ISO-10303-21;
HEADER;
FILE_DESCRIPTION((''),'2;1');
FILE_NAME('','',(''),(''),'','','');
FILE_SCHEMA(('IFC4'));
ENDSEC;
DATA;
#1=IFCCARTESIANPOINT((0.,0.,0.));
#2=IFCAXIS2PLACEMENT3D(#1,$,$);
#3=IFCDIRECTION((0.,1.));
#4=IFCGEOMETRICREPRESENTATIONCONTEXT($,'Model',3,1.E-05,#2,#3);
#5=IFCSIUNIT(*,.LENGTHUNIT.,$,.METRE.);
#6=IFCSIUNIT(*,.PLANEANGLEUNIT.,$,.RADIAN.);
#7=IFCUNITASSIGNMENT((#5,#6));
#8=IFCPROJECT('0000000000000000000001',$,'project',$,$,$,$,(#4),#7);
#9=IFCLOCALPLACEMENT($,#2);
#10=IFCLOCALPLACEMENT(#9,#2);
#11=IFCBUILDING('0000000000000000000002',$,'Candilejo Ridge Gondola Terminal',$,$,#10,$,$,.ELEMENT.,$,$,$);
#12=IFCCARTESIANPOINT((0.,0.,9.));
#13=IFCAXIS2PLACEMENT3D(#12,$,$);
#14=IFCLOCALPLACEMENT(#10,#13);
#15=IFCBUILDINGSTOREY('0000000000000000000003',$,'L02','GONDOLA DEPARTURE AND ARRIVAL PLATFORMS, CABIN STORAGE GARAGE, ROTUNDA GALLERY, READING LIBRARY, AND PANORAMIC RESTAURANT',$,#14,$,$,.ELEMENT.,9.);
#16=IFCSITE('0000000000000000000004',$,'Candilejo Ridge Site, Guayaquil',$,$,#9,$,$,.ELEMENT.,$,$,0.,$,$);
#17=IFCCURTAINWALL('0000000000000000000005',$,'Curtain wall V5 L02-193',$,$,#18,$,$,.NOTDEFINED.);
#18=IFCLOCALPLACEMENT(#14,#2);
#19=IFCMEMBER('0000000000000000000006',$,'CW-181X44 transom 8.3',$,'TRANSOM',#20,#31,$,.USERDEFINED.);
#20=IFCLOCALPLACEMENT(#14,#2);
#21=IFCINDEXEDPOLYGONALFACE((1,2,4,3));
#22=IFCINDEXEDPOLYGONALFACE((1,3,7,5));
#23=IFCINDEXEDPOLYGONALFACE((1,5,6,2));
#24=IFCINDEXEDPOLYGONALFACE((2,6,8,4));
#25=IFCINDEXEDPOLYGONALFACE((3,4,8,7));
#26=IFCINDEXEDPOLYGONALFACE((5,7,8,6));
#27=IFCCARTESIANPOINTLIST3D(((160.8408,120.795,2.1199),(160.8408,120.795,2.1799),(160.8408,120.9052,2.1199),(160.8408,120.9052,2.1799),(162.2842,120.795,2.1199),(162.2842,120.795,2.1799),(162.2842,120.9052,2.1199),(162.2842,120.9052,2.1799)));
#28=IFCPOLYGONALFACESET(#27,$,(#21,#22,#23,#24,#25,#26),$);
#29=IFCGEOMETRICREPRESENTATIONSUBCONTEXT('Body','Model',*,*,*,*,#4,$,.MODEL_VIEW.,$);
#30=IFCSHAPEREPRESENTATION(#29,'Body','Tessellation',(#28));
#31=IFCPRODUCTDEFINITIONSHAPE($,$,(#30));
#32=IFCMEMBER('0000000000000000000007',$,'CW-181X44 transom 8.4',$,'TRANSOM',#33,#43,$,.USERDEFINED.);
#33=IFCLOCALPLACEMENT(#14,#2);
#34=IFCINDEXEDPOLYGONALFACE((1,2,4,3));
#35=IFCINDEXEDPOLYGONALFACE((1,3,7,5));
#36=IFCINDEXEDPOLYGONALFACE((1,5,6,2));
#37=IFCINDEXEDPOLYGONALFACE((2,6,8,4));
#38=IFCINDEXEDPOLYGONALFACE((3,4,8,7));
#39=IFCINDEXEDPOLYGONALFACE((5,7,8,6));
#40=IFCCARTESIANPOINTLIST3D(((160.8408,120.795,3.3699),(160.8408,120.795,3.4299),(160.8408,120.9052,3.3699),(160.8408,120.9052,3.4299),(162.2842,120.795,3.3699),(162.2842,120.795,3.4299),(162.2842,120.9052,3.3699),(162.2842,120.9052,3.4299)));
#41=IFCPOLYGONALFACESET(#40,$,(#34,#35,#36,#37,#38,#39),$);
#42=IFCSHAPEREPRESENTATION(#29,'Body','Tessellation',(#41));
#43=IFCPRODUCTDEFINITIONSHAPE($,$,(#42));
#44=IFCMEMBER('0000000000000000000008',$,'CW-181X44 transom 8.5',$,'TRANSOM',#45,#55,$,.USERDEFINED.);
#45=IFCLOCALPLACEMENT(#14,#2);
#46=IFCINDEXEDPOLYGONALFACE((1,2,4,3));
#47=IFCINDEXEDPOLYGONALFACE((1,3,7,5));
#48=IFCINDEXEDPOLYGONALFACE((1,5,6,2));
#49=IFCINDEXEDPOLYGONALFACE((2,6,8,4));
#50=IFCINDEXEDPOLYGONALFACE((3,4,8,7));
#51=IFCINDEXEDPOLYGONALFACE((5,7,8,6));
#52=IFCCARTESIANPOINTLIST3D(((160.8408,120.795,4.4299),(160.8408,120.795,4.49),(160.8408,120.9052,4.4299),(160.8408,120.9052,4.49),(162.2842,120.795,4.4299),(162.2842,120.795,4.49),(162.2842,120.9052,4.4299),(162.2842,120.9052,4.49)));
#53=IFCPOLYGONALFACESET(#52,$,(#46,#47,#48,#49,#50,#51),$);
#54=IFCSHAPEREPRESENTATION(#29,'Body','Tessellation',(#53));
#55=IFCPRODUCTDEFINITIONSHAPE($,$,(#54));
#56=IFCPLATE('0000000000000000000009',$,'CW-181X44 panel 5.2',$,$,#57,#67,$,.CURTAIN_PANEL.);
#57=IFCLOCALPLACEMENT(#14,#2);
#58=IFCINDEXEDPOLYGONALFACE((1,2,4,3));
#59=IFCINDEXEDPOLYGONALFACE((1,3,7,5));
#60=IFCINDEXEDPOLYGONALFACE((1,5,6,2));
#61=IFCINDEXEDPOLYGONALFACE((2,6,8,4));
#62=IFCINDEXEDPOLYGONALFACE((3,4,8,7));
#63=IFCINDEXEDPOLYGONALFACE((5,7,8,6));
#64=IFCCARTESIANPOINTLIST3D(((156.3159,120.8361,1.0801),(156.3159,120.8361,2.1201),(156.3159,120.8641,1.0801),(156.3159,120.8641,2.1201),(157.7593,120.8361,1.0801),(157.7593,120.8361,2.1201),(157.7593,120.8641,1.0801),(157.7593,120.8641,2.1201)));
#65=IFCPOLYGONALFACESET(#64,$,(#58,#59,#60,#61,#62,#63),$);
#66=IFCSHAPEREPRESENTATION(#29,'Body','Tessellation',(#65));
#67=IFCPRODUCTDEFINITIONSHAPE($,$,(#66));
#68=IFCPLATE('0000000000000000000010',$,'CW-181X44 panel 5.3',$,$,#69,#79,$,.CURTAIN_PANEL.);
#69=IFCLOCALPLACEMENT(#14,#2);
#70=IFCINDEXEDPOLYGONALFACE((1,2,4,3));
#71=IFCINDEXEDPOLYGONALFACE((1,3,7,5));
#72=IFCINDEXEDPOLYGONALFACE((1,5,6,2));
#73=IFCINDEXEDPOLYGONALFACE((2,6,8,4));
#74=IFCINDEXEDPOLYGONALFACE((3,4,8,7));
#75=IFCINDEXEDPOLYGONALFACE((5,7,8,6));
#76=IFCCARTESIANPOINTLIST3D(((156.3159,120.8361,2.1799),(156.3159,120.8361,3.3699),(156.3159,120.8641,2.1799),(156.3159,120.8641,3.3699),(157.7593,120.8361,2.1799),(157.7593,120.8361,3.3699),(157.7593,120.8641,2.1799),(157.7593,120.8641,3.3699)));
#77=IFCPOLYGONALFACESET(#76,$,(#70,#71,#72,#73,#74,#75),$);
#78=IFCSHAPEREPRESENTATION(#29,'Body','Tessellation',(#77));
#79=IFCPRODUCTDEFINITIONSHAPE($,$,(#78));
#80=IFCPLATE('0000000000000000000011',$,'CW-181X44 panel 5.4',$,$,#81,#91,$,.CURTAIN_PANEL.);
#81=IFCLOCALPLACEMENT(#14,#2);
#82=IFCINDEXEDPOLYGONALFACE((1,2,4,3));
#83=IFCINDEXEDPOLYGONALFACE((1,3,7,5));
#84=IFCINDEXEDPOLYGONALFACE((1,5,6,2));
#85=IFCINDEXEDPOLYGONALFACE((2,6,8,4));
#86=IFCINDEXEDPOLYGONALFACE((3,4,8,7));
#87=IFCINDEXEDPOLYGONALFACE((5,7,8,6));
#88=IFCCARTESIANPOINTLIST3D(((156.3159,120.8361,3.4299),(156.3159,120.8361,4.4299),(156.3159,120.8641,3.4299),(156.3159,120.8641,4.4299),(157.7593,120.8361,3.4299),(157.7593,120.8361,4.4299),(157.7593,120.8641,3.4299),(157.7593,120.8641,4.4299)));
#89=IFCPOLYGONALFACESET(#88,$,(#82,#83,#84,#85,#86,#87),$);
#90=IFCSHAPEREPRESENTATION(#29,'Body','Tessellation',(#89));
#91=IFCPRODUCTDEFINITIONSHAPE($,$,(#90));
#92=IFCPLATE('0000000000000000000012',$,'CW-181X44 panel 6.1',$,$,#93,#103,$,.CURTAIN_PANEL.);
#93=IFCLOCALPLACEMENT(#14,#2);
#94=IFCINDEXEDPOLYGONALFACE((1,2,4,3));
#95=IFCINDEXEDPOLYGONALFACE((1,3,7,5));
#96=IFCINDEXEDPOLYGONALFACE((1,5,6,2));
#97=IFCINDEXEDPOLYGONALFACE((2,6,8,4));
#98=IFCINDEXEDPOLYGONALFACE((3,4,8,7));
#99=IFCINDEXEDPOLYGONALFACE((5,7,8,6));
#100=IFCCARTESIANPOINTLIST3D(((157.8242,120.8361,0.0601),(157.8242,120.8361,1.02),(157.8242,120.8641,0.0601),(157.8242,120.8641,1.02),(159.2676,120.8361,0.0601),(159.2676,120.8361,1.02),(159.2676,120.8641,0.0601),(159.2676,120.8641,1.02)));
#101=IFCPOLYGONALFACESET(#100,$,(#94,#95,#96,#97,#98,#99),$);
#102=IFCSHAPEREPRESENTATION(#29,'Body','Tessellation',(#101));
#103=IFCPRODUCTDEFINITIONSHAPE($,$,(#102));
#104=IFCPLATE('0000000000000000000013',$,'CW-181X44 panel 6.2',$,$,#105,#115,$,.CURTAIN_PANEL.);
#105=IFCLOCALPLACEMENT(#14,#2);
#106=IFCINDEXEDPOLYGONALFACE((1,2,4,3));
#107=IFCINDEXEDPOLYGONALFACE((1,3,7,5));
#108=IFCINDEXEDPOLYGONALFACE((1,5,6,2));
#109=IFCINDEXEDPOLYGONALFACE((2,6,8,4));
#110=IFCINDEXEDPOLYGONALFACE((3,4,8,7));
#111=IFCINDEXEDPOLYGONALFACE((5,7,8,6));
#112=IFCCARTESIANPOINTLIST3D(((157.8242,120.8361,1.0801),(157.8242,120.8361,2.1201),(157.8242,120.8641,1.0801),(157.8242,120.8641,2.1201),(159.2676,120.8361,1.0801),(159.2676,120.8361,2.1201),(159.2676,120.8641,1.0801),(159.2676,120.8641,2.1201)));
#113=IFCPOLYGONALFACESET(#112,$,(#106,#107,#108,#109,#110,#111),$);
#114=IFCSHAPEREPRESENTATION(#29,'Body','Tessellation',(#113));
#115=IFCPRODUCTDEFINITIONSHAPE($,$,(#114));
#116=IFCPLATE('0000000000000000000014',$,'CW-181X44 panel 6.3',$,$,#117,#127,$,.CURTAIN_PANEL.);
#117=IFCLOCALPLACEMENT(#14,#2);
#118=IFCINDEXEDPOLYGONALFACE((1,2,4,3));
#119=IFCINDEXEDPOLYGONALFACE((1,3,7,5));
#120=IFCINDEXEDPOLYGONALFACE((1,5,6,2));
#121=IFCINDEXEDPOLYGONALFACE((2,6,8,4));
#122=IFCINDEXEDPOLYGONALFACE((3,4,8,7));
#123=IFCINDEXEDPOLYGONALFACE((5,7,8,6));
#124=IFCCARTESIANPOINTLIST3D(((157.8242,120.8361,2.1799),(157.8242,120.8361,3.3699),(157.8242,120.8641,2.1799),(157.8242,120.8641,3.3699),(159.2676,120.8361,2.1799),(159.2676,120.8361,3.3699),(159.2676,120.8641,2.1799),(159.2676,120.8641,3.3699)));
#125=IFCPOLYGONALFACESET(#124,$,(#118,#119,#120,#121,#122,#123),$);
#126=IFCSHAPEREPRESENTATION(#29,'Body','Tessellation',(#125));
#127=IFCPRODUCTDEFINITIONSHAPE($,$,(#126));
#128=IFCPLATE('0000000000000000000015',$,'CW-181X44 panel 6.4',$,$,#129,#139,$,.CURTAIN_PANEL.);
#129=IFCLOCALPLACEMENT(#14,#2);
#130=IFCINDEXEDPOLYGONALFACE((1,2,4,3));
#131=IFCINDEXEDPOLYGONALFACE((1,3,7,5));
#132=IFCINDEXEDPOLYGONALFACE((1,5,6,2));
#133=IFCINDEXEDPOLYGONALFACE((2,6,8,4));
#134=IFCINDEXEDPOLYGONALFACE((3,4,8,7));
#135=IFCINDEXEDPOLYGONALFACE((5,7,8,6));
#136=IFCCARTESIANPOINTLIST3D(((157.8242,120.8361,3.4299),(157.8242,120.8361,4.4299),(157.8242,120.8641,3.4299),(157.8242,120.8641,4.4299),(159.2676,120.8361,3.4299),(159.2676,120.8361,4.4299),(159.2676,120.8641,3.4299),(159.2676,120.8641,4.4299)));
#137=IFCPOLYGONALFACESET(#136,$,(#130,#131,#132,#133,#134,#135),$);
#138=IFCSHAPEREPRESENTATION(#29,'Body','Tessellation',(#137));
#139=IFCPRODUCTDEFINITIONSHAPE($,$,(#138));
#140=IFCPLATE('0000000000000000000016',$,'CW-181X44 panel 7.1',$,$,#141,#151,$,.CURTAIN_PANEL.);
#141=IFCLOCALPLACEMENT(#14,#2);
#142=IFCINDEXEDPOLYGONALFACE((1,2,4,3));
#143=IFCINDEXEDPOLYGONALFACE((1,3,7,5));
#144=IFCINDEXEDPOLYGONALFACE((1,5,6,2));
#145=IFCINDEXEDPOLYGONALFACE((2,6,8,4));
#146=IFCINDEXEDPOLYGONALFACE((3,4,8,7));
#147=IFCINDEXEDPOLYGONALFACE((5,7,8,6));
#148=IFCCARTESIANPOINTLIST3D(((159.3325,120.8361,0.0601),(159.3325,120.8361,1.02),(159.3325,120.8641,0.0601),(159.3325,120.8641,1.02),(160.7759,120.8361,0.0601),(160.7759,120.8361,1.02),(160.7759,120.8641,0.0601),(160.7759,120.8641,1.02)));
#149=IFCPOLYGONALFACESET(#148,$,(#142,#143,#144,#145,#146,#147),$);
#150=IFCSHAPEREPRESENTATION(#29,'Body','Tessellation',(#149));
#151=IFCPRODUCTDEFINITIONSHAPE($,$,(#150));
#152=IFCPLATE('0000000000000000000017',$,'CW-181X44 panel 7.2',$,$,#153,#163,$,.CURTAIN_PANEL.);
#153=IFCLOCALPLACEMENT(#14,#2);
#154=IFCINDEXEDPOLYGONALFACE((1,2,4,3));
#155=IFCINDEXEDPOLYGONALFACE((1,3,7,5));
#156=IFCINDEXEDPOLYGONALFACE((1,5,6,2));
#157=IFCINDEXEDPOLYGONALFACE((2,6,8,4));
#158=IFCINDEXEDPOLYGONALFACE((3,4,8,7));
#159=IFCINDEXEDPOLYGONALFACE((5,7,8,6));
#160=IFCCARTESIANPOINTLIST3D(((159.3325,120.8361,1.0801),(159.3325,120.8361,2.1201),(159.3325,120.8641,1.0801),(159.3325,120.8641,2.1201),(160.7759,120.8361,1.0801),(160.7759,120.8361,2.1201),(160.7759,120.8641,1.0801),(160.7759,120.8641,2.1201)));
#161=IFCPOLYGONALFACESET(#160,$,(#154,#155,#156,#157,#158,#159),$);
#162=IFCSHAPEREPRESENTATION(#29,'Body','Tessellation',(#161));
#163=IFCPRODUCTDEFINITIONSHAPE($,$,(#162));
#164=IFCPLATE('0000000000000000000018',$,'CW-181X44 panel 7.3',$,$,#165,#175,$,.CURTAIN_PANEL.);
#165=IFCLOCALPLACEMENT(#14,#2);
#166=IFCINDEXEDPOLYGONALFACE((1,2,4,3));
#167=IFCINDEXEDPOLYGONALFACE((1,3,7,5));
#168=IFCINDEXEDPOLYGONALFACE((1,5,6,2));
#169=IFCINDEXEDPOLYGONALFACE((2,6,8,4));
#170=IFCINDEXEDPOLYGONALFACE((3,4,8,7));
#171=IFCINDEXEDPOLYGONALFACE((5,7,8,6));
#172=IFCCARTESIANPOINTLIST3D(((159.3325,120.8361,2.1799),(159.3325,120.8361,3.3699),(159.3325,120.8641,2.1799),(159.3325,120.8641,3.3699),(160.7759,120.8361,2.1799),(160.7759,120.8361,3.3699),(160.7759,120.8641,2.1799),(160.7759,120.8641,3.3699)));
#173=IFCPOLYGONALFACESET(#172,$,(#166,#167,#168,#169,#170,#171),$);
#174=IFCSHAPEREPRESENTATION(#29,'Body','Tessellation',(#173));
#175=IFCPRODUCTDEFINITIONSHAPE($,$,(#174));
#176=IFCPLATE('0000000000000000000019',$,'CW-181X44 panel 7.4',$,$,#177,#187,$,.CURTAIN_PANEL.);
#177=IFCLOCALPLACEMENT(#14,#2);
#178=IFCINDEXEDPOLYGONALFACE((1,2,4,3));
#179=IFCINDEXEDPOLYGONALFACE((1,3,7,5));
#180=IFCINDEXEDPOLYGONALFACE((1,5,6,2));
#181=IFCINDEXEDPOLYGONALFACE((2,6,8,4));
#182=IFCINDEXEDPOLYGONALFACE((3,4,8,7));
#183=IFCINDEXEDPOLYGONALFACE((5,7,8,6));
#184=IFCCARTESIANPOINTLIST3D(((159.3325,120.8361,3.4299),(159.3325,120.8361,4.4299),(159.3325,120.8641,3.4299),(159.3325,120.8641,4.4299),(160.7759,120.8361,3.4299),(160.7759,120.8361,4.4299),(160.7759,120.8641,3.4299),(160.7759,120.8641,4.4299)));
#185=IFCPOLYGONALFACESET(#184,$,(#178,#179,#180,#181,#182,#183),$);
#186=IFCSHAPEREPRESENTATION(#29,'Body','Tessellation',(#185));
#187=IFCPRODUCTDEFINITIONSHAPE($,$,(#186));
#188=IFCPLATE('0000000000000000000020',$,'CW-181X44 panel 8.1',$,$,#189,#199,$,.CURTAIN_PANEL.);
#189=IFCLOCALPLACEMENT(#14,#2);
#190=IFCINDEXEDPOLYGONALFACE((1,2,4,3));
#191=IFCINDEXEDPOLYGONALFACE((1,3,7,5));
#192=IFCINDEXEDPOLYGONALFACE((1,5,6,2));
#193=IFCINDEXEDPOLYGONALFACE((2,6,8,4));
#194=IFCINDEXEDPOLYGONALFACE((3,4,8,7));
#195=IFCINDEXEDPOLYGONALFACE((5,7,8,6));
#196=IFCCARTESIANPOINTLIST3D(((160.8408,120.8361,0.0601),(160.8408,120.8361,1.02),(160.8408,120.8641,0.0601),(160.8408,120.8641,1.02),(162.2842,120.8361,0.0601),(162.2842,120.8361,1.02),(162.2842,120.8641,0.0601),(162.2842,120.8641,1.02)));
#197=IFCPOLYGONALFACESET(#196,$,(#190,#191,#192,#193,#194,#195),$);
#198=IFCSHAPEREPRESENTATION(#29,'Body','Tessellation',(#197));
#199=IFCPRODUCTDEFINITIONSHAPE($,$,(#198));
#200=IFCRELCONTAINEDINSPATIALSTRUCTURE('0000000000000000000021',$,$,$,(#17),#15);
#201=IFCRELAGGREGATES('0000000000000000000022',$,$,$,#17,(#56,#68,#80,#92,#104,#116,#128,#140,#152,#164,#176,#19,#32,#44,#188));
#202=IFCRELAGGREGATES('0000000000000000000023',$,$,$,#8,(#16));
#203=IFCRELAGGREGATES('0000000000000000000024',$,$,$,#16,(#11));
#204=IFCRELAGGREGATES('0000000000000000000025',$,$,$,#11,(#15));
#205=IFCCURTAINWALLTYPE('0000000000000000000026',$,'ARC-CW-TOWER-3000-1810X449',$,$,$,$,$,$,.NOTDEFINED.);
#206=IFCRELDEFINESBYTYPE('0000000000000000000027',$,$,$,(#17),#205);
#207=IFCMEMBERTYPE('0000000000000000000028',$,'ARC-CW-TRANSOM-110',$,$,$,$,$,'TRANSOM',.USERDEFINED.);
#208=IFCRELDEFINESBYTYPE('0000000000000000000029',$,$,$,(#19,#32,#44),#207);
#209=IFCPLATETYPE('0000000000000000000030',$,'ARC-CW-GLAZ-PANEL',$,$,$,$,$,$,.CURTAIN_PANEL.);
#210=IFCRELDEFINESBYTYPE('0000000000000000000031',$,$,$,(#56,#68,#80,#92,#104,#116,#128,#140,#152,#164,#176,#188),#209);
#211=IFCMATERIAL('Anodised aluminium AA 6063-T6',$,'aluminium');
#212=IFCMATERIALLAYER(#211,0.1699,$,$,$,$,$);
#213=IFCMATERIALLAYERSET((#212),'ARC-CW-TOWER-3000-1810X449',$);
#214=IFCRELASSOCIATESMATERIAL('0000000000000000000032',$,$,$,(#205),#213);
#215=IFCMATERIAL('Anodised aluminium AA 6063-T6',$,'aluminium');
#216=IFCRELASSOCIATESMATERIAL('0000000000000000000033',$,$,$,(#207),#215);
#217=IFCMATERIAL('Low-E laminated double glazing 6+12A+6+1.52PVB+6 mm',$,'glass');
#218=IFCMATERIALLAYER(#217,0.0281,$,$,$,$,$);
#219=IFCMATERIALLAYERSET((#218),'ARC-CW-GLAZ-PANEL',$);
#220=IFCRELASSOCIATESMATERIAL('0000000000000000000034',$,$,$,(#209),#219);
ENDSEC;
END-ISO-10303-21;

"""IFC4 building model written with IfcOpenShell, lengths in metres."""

from ifc_helpers import new_model, si_unit, direction, frame, origin, origin_2d, place, context, subcontext, project, spatial, rectangle, extrude, material, layer, layer_set, material_profile, profile_set, type_object, element, aggregate, save


model = new_model("IFC4")

# Units and contexts
model_context = context("Model", 3, precision=1e-05, world=origin(), true_north=direction((0.0, 1.0)))
body_context = subcontext(model_context, "Body", "Model", "MODEL_VIEW")
ifc_project = project(units=[si_unit("LENGTHUNIT", "METRE"), si_unit("PLANEANGLEUNIT", "RADIAN")], contexts=[model_context])

# Site, building, storey
site_placement = place(None, origin())
site = spatial("IfcSite", under=ifc_project, at=site_placement, Name="Candilejo Ridge Site, Guayaquil", CompositionType="ELEMENT", RefElevation=0.0)
building_placement = place(site_placement, origin())
building = spatial("IfcBuilding", under=site, at=building_placement, Name="Candilejo Ridge Gondola Terminal", CompositionType="ELEMENT")
storey_placement = place(building_placement, frame((0.0, 0.0, 9.0)))
storey = spatial("IfcBuildingStorey", under=building, at=storey_placement, Name="L02", Description="GONDOLA DEPARTURE AND ARRIVAL PLATFORMS, CABIN STORAGE GARAGE, ROTUNDA GALLERY, READING LIBRARY, AND PANORAMIC RESTAURANT", CompositionType="ELEMENT", Elevation=9.0)

# Curtain wall, members, plates
ifc_material_1 = material(Name="Anodised aluminium AA 6063-T6", Category="aluminium")
ifc_layer_1 = layer(ifc_material_1, 0.1699)
ifc_layer_set_1 = layer_set([ifc_layer_1], Name="ARC-CW-TOWER-3000-1810X449")
curtain_wall_type = type_object("IfcCurtainWallType", Name="ARC-CW-TOWER-3000-1810X449", PredefinedType="NOTDEFINED", material=ifc_layer_set_1)
curtain_wall_placement = place(storey_placement, origin())
curtain_wall = element("IfcCurtainWall", 1, at=curtain_wall_placement, inside=storey, type_object=curtain_wall_type, Name="Curtain wall V5 L02-193", PredefinedType="NOTDEFINED")
ifc_material_2 = material(Name="Anodised aluminium AA 6063-T6", Category="aluminium")
ifc_material_profile_1 = material_profile(ifc_material_2, rectangle(XDim=0.1101, YDim=0.0601, at=origin_2d()))
ifc_profile_set_1 = profile_set([ifc_material_profile_1], Name="Anodised aluminium AA 6063-T6")
member_type_1 = type_object("IfcMemberType", Name="ARC-CW-TRANSOM-110", ElementType="TRANSOM", PredefinedType="USERDEFINED", material=ifc_profile_set_1)
member_1_placement = place(storey_placement, frame((160.8408, 120.8501, 2.1499), z_axis=(1.0, 0.0, 0.0), x_axis=(0.0, 1.0, 0.0)))
member_1 = element("IfcMember", 2, at=member_1_placement, type_object=member_type_1, Name="CW-181X44 transom 8.3", ObjectType="TRANSOM", PredefinedType="USERDEFINED", context=body_context, shape_type="SweptSolid", body=[
    extrude(rectangle(XDim=0.1101, YDim=0.0601, at=origin_2d()), origin(), (0.0, 0.0, 1.0), 1.4434),
])
member_2_placement = place(storey_placement, frame((160.8408, 120.8501, 3.3999), z_axis=(1.0, 0.0, 0.0), x_axis=(0.0, 1.0, 0.0)))
member_2 = element("IfcMember", 3, at=member_2_placement, type_object=member_type_1, Name="CW-181X44 transom 8.4", ObjectType="TRANSOM", PredefinedType="USERDEFINED", context=body_context, shape_type="SweptSolid", body=[
    extrude(rectangle(XDim=0.1101, YDim=0.0601, at=origin_2d()), origin(), (0.0, 0.0, 1.0), 1.4434),
])
member_3_placement = place(storey_placement, frame((160.8408, 120.8501, 4.46), z_axis=(1.0, 0.0, 0.0), x_axis=(0.0, 1.0, 0.0)))
member_3 = element("IfcMember", 4, at=member_3_placement, type_object=member_type_1, Name="CW-181X44 transom 8.5", ObjectType="TRANSOM", PredefinedType="USERDEFINED", context=body_context, shape_type="SweptSolid", body=[
    extrude(rectangle(XDim=0.1101, YDim=0.0601, at=origin_2d()), origin(), (0.0, 0.0, 1.0), 1.4434),
])
ifc_material_3 = material(Name="Low-E laminated double glazing 6+12A+6+1.52PVB+6 mm", Category="glass")
ifc_layer_2 = layer(ifc_material_3, 0.0281)
ifc_layer_set_2 = layer_set([ifc_layer_2], Name="ARC-CW-GLAZ-PANEL")
plate_type = type_object("IfcPlateType", Name="ARC-CW-GLAZ-PANEL", PredefinedType="CURTAIN_PANEL", material=ifc_layer_set_2)
plate_1_placement = place(storey_placement, frame((157.0376, 120.8501, 1.0801), z_axis=(0.0, 0.0, 1.0), x_axis=(1.0, 0.0, 0.0)))
plate_1 = element("IfcPlate", 5, at=plate_1_placement, type_object=plate_type, Name="CW-181X44 panel 5.2", PredefinedType="CURTAIN_PANEL", context=body_context, shape_type="SweptSolid", body=[
    extrude(rectangle(XDim=1.4434, YDim=0.0281, at=origin_2d()), origin(), (0.0, 0.0, 1.0), 1.04),
])
plate_2_placement = place(storey_placement, frame((157.0376, 120.8501, 2.1799), z_axis=(0.0, 0.0, 1.0), x_axis=(1.0, 0.0, 0.0)))
plate_2 = element("IfcPlate", 6, at=plate_2_placement, type_object=plate_type, Name="CW-181X44 panel 5.3", PredefinedType="CURTAIN_PANEL", context=body_context, shape_type="SweptSolid", body=[
    extrude(rectangle(XDim=1.4434, YDim=0.0281, at=origin_2d()), origin(), (0.0, 0.0, 1.0), 1.1899),
])
plate_3_placement = place(storey_placement, frame((157.0376, 120.8501, 3.4299), z_axis=(0.0, 0.0, 1.0), x_axis=(1.0, 0.0, 0.0)))
plate_3 = element("IfcPlate", 7, at=plate_3_placement, type_object=plate_type, Name="CW-181X44 panel 5.4", PredefinedType="CURTAIN_PANEL", context=body_context, shape_type="SweptSolid", body=[
    extrude(rectangle(XDim=1.4434, YDim=0.0281, at=origin_2d()), origin(), (0.0, 0.0, 1.0), 1.0),
])
plate_4_placement = place(storey_placement, frame((158.5459, 120.8501, 0.0601), z_axis=(0.0, 0.0, 1.0), x_axis=(1.0, 0.0, 0.0)))
plate_4 = element("IfcPlate", 8, at=plate_4_placement, type_object=plate_type, Name="CW-181X44 panel 6.1", PredefinedType="CURTAIN_PANEL", context=body_context, shape_type="SweptSolid", body=[
    extrude(rectangle(XDim=1.4434, YDim=0.0281, at=origin_2d()), origin(), (0.0, 0.0, 1.0), 0.96),
])
plate_5_placement = place(storey_placement, frame((158.5459, 120.8501, 1.0801), z_axis=(0.0, 0.0, 1.0), x_axis=(1.0, 0.0, 0.0)))
plate_5 = element("IfcPlate", 9, at=plate_5_placement, type_object=plate_type, Name="CW-181X44 panel 6.2", PredefinedType="CURTAIN_PANEL", context=body_context, shape_type="SweptSolid", body=[
    extrude(rectangle(XDim=1.4434, YDim=0.0281, at=origin_2d()), origin(), (0.0, 0.0, 1.0), 1.04),
])
plate_6_placement = place(storey_placement, frame((158.5459, 120.8501, 2.1799), z_axis=(0.0, 0.0, 1.0), x_axis=(1.0, 0.0, 0.0)))
plate_6 = element("IfcPlate", 10, at=plate_6_placement, type_object=plate_type, Name="CW-181X44 panel 6.3", PredefinedType="CURTAIN_PANEL", context=body_context, shape_type="SweptSolid", body=[
    extrude(rectangle(XDim=1.4434, YDim=0.0281, at=origin_2d()), origin(), (0.0, 0.0, 1.0), 1.1899),
])
plate_7_placement = place(storey_placement, frame((158.5459, 120.8501, 3.4299), z_axis=(0.0, 0.0, 1.0), x_axis=(1.0, 0.0, 0.0)))
plate_7 = element("IfcPlate", 11, at=plate_7_placement, type_object=plate_type, Name="CW-181X44 panel 6.4", PredefinedType="CURTAIN_PANEL", context=body_context, shape_type="SweptSolid", body=[
    extrude(rectangle(XDim=1.4434, YDim=0.0281, at=origin_2d()), origin(), (0.0, 0.0, 1.0), 1.0),
])
plate_8_placement = place(storey_placement, frame((160.0542, 120.8501, 0.0601), z_axis=(0.0, 0.0, 1.0), x_axis=(1.0, 0.0, 0.0)))
plate_8 = element("IfcPlate", 12, at=plate_8_placement, type_object=plate_type, Name="CW-181X44 panel 7.1", PredefinedType="CURTAIN_PANEL", context=body_context, shape_type="SweptSolid", body=[
    extrude(rectangle(XDim=1.4434, YDim=0.0281, at=origin_2d()), origin(), (0.0, 0.0, 1.0), 0.96),
])
plate_9_placement = place(storey_placement, frame((160.0542, 120.8501, 1.0801), z_axis=(0.0, 0.0, 1.0), x_axis=(1.0, 0.0, 0.0)))
plate_9 = element("IfcPlate", 13, at=plate_9_placement, type_object=plate_type, Name="CW-181X44 panel 7.2", PredefinedType="CURTAIN_PANEL", context=body_context, shape_type="SweptSolid", body=[
    extrude(rectangle(XDim=1.4434, YDim=0.0281, at=origin_2d()), origin(), (0.0, 0.0, 1.0), 1.04),
])
plate_10_placement = place(storey_placement, frame((160.0542, 120.8501, 2.1799), z_axis=(0.0, 0.0, 1.0), x_axis=(1.0, 0.0, 0.0)))
plate_10 = element("IfcPlate", 14, at=plate_10_placement, type_object=plate_type, Name="CW-181X44 panel 7.3", PredefinedType="CURTAIN_PANEL", context=body_context, shape_type="SweptSolid", body=[
    extrude(rectangle(XDim=1.4434, YDim=0.0281, at=origin_2d()), origin(), (0.0, 0.0, 1.0), 1.1899),
])
plate_11_placement = place(storey_placement, frame((160.0542, 120.8501, 3.4299), z_axis=(0.0, 0.0, 1.0), x_axis=(1.0, 0.0, 0.0)))
plate_11 = element("IfcPlate", 15, at=plate_11_placement, type_object=plate_type, Name="CW-181X44 panel 7.4", PredefinedType="CURTAIN_PANEL", context=body_context, shape_type="SweptSolid", body=[
    extrude(rectangle(XDim=1.4434, YDim=0.0281, at=origin_2d()), origin(), (0.0, 0.0, 1.0), 1.0),
])
plate_12_placement = place(storey_placement, frame((161.5625, 120.8501, 0.0601), z_axis=(0.0, 0.0, 1.0), x_axis=(1.0, 0.0, 0.0)))
plate_12 = element("IfcPlate", 16, at=plate_12_placement, type_object=plate_type, Name="CW-181X44 panel 8.1", PredefinedType="CURTAIN_PANEL", context=body_context, shape_type="SweptSolid", body=[
    extrude(rectangle(XDim=1.4434, YDim=0.0281, at=origin_2d()), origin(), (0.0, 0.0, 1.0), 0.96),
])
aggregate(curtain_wall, [plate_1, plate_2, plate_3, plate_4, plate_5, plate_6, plate_7, plate_8, plate_9, plate_10, plate_11, member_1, member_2, member_3, plate_12])

save(model, "model.ifc")
